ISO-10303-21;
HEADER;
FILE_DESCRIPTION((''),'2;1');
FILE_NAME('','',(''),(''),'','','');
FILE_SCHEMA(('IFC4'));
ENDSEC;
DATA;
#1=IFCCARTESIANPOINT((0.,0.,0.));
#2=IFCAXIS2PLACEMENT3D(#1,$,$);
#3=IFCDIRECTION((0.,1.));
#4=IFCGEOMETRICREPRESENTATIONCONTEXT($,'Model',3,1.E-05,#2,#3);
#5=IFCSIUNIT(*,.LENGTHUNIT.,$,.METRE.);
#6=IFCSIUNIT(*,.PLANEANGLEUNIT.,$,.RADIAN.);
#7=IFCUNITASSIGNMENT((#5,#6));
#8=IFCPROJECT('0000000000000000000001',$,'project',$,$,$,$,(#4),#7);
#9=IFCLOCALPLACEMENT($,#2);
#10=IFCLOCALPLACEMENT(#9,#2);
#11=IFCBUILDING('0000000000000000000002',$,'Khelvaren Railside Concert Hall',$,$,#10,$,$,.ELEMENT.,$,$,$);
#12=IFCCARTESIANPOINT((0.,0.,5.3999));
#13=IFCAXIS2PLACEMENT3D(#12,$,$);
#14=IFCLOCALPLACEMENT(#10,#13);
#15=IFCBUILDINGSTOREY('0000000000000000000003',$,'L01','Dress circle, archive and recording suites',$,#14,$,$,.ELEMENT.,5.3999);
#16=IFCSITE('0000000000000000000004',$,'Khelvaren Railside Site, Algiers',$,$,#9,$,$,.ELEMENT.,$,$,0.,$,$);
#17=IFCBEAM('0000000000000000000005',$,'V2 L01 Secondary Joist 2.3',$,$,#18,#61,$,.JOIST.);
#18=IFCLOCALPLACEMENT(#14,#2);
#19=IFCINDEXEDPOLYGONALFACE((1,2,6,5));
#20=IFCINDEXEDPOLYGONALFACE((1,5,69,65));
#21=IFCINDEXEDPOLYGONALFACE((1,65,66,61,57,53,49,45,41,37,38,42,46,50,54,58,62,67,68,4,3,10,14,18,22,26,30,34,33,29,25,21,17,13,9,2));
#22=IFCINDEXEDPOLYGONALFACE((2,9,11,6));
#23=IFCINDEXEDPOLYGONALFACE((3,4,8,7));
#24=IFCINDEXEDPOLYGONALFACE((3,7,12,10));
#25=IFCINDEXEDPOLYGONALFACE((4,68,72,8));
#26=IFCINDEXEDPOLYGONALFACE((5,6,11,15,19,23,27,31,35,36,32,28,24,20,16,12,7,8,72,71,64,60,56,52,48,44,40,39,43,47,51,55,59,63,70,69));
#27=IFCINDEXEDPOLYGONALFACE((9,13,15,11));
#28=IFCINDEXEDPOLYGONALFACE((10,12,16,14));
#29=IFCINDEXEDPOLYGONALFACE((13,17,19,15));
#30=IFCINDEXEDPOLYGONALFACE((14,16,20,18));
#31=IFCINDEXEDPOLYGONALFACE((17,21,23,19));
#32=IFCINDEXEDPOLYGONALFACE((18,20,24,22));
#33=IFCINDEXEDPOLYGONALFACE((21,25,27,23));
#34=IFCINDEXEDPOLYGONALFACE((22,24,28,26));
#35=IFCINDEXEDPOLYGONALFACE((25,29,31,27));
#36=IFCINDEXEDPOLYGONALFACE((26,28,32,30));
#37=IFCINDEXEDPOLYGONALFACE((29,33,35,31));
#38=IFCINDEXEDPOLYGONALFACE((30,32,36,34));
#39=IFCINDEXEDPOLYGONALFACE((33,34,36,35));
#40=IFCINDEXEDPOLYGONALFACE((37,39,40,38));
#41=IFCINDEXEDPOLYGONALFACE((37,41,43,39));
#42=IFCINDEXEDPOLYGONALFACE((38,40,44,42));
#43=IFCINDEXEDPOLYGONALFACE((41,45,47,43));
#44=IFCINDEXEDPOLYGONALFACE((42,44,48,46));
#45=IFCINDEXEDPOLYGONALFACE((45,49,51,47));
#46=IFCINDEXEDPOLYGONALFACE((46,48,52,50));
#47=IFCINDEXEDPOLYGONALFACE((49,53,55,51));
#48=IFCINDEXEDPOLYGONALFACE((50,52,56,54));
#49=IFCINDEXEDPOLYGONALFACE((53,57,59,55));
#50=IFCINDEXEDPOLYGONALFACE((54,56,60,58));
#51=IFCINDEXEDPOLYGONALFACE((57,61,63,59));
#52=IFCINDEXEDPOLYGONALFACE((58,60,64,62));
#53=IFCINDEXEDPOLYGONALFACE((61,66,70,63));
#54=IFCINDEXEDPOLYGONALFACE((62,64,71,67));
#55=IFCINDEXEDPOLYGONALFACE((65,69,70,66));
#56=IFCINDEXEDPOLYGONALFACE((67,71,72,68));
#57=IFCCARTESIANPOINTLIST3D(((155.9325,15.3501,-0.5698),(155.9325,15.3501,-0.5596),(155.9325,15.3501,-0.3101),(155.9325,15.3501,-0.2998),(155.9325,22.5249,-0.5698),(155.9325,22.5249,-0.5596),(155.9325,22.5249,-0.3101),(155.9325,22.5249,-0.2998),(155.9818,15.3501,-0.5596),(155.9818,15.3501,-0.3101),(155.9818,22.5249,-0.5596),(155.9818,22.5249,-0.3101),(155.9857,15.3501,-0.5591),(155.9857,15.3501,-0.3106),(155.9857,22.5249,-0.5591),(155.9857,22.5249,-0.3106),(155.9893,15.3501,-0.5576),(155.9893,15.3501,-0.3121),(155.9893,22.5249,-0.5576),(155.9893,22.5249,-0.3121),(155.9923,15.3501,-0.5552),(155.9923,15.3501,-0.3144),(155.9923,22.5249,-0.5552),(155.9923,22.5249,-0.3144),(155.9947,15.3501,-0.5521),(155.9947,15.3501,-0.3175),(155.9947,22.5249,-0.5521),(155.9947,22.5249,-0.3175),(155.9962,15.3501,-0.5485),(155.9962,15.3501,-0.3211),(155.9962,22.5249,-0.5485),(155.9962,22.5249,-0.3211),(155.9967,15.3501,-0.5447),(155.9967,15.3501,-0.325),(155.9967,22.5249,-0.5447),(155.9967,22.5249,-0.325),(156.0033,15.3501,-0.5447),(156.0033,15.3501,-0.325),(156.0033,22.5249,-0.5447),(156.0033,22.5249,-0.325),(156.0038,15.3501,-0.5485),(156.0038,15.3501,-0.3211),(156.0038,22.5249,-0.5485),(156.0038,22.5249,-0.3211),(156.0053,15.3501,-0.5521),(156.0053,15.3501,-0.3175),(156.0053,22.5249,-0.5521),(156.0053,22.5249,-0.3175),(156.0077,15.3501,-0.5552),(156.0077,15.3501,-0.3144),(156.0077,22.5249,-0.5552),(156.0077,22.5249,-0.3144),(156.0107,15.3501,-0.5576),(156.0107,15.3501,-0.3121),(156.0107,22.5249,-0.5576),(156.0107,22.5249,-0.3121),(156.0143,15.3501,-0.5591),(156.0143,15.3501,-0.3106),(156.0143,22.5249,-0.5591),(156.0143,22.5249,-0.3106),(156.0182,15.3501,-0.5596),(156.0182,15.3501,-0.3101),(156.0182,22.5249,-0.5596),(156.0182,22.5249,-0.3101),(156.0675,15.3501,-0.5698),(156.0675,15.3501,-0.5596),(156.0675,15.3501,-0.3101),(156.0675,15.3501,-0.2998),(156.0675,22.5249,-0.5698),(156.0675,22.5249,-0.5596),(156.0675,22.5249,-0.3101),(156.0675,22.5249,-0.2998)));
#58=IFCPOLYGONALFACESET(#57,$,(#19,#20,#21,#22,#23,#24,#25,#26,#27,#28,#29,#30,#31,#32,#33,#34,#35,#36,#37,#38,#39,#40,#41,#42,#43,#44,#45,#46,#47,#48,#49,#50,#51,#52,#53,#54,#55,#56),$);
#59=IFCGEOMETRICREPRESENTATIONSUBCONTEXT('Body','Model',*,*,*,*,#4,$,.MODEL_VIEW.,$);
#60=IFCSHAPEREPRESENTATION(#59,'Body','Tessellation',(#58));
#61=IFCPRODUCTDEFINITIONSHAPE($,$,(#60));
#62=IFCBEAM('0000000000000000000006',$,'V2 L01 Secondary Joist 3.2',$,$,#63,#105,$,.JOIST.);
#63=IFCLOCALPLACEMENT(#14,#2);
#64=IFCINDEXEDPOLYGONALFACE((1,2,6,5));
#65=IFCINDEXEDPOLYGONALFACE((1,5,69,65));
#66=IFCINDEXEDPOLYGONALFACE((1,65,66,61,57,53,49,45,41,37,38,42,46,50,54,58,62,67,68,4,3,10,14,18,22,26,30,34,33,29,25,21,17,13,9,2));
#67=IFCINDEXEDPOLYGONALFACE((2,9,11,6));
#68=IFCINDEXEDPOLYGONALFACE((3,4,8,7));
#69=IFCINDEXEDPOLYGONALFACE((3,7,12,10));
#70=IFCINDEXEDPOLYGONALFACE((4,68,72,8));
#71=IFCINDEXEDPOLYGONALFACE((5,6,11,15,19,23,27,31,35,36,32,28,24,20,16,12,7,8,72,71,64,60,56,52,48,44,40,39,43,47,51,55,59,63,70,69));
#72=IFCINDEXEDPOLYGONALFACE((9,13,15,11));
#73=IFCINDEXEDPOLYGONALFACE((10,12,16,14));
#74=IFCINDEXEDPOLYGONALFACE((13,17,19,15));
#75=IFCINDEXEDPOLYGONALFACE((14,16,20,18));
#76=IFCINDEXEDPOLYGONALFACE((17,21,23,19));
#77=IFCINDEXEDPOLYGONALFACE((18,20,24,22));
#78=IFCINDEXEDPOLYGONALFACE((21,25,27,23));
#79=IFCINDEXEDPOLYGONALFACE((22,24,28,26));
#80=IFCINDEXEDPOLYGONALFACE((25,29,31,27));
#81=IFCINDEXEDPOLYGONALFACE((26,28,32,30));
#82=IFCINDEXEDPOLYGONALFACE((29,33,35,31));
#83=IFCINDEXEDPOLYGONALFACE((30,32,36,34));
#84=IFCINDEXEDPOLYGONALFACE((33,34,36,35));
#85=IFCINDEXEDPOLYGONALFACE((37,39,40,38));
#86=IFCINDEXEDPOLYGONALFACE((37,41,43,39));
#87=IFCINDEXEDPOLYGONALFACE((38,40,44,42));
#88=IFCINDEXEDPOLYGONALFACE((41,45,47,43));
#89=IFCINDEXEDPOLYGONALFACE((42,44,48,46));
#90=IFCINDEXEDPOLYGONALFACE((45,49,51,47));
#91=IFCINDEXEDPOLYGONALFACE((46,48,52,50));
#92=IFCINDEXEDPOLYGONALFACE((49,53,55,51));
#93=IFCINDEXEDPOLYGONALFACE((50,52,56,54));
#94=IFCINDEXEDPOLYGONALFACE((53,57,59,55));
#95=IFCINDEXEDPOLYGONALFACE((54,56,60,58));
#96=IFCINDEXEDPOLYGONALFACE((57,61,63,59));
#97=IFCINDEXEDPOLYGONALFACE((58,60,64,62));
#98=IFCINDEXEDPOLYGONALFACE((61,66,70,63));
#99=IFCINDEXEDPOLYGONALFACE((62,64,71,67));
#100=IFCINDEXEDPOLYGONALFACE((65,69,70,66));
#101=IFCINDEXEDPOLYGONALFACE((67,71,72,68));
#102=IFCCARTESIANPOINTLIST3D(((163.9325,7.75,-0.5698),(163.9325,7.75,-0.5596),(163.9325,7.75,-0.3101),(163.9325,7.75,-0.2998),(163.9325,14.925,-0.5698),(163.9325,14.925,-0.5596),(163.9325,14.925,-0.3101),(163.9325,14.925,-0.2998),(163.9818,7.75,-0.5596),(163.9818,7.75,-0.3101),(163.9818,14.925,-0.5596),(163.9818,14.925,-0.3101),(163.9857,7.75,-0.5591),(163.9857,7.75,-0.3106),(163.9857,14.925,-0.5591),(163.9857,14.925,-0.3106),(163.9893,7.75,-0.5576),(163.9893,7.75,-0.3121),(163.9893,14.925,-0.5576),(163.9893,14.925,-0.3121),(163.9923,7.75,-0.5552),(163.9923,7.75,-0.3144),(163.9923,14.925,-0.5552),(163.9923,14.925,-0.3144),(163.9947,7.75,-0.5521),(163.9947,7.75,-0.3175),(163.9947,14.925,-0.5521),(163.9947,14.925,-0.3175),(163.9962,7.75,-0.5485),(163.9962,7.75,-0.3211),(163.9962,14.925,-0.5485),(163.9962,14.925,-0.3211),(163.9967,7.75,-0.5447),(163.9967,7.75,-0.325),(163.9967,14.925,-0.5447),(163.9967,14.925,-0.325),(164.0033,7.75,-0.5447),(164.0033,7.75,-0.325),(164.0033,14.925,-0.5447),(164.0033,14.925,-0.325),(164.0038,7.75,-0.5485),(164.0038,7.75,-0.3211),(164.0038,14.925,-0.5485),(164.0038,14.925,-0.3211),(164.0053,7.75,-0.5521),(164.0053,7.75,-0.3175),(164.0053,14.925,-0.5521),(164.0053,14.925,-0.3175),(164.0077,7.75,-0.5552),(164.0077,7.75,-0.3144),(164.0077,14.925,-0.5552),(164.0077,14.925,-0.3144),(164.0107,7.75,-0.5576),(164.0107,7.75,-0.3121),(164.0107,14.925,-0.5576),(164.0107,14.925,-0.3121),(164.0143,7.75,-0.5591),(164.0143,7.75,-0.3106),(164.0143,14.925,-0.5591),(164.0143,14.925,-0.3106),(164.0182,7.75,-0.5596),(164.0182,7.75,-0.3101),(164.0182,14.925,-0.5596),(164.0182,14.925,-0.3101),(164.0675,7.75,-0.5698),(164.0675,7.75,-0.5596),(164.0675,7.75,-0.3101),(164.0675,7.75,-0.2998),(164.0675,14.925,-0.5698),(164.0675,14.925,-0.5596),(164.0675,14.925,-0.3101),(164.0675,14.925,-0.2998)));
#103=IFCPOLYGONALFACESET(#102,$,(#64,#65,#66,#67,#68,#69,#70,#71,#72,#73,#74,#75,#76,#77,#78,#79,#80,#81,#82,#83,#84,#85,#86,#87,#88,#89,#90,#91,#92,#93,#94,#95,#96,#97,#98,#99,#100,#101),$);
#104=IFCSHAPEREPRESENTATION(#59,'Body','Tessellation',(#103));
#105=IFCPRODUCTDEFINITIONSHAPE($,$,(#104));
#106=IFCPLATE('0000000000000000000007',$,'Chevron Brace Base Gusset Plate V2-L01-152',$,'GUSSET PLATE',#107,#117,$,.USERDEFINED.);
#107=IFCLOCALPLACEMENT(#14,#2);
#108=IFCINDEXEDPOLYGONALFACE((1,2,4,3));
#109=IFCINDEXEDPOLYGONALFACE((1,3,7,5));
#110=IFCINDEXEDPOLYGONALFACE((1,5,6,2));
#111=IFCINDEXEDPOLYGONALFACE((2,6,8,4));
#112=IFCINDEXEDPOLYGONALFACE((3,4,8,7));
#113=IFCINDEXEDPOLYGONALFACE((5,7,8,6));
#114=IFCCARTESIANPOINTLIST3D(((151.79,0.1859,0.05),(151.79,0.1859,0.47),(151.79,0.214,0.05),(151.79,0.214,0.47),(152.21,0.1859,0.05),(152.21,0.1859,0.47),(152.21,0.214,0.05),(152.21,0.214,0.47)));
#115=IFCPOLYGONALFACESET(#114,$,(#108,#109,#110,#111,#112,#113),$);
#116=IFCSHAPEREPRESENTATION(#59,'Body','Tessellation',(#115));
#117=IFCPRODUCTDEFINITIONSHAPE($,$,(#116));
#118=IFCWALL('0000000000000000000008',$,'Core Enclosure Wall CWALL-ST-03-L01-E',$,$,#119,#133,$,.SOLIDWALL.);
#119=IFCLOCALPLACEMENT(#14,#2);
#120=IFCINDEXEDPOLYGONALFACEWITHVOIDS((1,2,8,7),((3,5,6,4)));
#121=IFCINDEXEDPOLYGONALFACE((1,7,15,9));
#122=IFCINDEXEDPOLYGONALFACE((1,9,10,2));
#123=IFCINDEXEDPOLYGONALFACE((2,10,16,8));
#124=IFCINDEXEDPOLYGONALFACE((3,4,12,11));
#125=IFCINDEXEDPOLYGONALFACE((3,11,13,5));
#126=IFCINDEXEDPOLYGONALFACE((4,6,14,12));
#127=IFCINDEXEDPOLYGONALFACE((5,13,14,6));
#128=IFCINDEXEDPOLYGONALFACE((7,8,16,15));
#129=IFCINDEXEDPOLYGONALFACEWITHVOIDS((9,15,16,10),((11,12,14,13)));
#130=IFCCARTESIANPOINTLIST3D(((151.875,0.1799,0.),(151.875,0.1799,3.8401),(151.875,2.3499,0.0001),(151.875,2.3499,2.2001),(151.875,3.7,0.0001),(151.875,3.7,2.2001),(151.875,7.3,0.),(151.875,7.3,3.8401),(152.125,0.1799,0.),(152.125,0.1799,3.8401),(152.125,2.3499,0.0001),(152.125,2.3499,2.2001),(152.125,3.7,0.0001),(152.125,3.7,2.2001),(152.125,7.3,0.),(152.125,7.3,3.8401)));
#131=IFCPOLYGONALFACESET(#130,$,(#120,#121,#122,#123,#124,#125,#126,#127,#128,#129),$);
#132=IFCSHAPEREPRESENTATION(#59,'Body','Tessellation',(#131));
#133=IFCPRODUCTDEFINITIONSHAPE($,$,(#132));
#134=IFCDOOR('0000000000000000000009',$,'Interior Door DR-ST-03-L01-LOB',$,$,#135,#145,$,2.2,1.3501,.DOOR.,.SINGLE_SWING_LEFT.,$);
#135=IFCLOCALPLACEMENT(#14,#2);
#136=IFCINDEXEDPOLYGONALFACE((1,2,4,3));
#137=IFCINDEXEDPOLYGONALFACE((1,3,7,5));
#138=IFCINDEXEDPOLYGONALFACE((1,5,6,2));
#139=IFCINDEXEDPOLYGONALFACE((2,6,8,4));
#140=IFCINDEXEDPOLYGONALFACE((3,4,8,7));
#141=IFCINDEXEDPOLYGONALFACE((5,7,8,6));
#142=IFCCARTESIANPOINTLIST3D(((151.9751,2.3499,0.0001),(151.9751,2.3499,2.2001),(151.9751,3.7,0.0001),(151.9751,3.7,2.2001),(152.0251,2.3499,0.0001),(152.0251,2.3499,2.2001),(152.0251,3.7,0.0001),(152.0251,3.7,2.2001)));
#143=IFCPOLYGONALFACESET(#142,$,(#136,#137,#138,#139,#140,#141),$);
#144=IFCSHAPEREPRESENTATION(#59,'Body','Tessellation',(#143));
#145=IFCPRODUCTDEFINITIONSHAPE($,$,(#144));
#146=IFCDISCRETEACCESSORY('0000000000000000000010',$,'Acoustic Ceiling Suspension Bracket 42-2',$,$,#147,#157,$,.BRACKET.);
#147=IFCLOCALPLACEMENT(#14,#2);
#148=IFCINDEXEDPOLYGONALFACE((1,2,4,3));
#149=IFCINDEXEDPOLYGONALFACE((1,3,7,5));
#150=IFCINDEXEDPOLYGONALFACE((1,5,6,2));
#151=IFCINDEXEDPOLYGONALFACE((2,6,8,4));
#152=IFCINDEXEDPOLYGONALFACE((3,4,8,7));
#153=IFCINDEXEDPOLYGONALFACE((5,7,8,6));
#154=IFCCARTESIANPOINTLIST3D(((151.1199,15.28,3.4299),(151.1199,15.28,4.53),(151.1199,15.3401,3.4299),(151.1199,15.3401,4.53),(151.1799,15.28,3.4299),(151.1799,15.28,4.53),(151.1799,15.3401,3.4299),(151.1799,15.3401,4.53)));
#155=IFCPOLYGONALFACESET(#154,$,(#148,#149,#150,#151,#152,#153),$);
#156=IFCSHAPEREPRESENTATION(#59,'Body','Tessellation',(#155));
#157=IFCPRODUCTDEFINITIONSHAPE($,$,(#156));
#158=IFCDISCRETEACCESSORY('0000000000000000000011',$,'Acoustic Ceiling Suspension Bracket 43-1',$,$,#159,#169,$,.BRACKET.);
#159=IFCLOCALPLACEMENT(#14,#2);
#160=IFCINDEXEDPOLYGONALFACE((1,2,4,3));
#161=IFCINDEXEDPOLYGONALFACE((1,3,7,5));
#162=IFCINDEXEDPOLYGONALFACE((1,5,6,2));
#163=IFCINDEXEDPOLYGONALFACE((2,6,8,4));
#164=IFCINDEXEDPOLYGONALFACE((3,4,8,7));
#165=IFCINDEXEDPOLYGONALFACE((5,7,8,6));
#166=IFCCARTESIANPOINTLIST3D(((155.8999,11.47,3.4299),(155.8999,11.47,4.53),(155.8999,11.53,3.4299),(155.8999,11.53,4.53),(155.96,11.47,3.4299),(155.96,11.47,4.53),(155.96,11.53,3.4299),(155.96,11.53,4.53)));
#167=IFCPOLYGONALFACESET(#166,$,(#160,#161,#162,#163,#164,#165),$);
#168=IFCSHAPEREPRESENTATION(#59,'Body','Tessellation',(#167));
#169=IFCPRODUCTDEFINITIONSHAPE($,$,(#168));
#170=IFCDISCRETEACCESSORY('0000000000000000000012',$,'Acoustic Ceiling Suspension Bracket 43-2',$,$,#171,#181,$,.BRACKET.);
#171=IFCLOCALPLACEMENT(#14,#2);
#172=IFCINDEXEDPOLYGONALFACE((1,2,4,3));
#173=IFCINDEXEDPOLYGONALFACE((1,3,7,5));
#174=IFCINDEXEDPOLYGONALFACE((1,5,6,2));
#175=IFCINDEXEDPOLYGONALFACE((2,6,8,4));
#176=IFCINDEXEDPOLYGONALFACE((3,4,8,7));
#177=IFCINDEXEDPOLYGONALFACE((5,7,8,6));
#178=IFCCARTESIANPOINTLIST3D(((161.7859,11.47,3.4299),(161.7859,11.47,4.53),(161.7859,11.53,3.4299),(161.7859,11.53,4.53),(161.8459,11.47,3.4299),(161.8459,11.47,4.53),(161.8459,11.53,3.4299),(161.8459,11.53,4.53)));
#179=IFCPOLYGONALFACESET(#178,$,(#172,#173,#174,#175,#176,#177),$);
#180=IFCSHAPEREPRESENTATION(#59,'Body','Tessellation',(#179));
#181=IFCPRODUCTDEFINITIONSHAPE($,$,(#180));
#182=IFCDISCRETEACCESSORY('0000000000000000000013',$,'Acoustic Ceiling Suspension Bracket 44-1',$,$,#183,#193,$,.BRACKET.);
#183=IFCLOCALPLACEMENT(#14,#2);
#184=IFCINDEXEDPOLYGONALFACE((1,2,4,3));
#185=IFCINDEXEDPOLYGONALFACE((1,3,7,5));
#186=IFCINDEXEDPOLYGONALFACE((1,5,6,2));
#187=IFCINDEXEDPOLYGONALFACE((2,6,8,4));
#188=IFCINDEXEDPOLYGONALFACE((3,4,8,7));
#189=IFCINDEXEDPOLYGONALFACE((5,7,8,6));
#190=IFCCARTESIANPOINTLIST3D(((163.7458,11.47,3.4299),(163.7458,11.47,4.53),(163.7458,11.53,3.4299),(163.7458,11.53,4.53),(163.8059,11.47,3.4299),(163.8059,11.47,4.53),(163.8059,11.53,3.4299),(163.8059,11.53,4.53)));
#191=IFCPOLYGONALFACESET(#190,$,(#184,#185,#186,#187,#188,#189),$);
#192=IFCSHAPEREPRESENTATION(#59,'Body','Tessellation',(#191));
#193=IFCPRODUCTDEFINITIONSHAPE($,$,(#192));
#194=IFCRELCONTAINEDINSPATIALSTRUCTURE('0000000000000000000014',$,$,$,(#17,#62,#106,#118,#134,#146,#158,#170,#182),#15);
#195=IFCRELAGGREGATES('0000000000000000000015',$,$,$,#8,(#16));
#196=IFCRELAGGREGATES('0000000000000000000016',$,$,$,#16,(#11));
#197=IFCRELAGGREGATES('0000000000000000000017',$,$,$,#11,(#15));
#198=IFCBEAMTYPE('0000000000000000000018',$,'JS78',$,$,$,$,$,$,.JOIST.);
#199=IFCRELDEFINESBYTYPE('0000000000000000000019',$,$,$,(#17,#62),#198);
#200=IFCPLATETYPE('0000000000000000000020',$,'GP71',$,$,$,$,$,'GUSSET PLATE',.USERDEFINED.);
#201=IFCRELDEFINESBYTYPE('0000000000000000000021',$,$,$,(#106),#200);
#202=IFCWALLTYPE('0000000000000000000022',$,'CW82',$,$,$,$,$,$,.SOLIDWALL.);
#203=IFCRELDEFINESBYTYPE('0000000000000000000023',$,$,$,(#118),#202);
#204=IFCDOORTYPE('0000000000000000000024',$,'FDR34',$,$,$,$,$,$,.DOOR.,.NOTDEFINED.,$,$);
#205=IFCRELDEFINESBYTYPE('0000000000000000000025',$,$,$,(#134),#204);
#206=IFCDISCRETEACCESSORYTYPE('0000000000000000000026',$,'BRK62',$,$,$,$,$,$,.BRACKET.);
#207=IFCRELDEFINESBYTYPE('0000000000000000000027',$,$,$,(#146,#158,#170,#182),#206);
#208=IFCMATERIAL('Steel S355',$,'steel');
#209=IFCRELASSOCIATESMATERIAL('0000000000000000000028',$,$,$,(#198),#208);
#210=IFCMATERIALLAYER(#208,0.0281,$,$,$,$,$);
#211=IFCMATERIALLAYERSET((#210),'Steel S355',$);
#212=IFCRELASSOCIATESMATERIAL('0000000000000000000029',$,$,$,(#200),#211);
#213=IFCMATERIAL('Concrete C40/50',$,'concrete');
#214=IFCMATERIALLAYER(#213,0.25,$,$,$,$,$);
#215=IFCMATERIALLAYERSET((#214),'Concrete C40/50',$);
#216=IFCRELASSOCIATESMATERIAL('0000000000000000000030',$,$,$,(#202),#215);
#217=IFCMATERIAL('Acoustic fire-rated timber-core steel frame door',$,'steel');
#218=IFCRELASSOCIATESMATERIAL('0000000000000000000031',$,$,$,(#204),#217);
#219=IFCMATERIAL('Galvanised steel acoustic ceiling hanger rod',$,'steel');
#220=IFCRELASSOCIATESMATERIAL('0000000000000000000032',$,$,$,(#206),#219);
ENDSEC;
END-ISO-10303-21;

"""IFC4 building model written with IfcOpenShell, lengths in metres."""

from ifc_helpers import new_model, si_unit, direction, frame, frame_2d, origin, origin_2d, place, context, subcontext, project, spatial, rectangle, i_section, extrude, material, layer, layer_set, material_profile, profile_set, type_object, element, fill, save


model = new_model("IFC4")

# Units and contexts
model_context = context("Model", 3, precision=1e-05, world=origin(), true_north=direction((0.0, 1.0)))
body_context = subcontext(model_context, "Body", "Model", "MODEL_VIEW")
ifc_project = project(units=[si_unit("LENGTHUNIT", "METRE"), si_unit("PLANEANGLEUNIT", "RADIAN")], contexts=[model_context])

# Site, building, storey
site_placement = place(None, origin())
site = spatial("IfcSite", under=ifc_project, at=site_placement, Name="Khelvaren Railside Site, Algiers", CompositionType="ELEMENT", RefElevation=0.0)
building_placement = place(site_placement, origin())
building = spatial("IfcBuilding", under=site, at=building_placement, Name="Khelvaren Railside Concert Hall", CompositionType="ELEMENT")
storey_placement = place(building_placement, frame((0.0, 0.0, 5.3999)))
storey = spatial("IfcBuildingStorey", under=building, at=storey_placement, Name="L01", Description="Dress circle, archive and recording suites", CompositionType="ELEMENT", Elevation=5.3999)

# Beams
ifc_material_1 = material(Name="Steel S355", Category="steel")
ifc_material_2 = material(Name="Concrete C40/50", Category="concrete")
ifc_material_profile_1 = material_profile(ifc_material_1, i_section(OverallWidth=0.135, OverallDepth=0.27, WebThickness=0.0066, FlangeThickness=0.0103, FilletRadius=0.0149, at=origin_2d()), Name="IPE 270")
ifc_profile_set_1 = profile_set([ifc_material_profile_1], Name="Steel S355")
beam_type_1 = type_object("IfcBeamType", Name="JS78", PredefinedType="JOIST", material=ifc_profile_set_1)
beam_1_placement = place(storey_placement, frame((156.0, 15.3501, -0.4348), z_axis=(0.0, 1.0, 0.0), x_axis=(-1.0, 0.0, 0.0)))
element("IfcBeam", 1, at=beam_1_placement, inside=storey, type_object=beam_type_1, Name="V2 L01 Secondary Joist 2.3", PredefinedType="JOIST", context=body_context, shape_type="SweptSolid", body=[
    extrude(i_section(OverallWidth=0.135, OverallDepth=0.27, WebThickness=0.0066, FlangeThickness=0.0103, FilletRadius=0.0149, at=origin_2d()), origin(), (0.0, 0.0, 1.0), 7.1748),
])
beam_2_placement = place(storey_placement, frame((164.0, 7.75, -0.4348), z_axis=(0.0, 1.0, 0.0), x_axis=(-1.0, 0.0, 0.0)))
element("IfcBeam", 2, at=beam_2_placement, inside=storey, type_object=beam_type_1, Name="V2 L01 Secondary Joist 3.2", PredefinedType="JOIST", context=body_context, shape_type="SweptSolid", body=[
    extrude(i_section(OverallWidth=0.135, OverallDepth=0.27, WebThickness=0.0066, FlangeThickness=0.0103, FilletRadius=0.0149, at=origin_2d()), origin(), (0.0, 0.0, 1.0), 7.175),
])

# Plate
ifc_layer_1 = layer(ifc_material_1, 0.0281)
ifc_layer_set_1 = layer_set([ifc_layer_1], Name="Steel S355")
plate_type = type_object("IfcPlateType", Name="GP71", ElementType="GUSSET PLATE", PredefinedType="USERDEFINED", material=ifc_layer_set_1)
plate_placement = place(storey_placement, frame((152.0, 0.2, 0.05), z_axis=(0.0, 0.0, 1.0), x_axis=(1.0, 0.0, 0.0)))
element("IfcPlate", 3, at=plate_placement, inside=storey, type_object=plate_type, Name="Chevron Brace Base Gusset Plate V2-L01-152", ObjectType="GUSSET PLATE", PredefinedType="USERDEFINED", context=body_context, shape_type="SweptSolid", body=[
    extrude(rectangle(XDim=0.4199, YDim=0.0281, at=origin_2d()), origin(), (0.0, 0.0, 1.0), 0.4199),
])

# Wall, opening, door
ifc_layer_2 = layer(ifc_material_2, 0.25)
ifc_layer_set_2 = layer_set([ifc_layer_2], Name="Concrete C40/50")
wall_type = type_object("IfcWallType", Name="CW82", PredefinedType="SOLIDWALL", material=ifc_layer_set_2)
wall_placement = place(storey_placement, frame((152.0, 0.1799, 0.0), z_axis=(0.0, 0.0, 1.0), x_axis=(0.0, 1.0, 0.0)))
wall = element("IfcWall", 4, at=wall_placement, inside=storey, type_object=wall_type, Name="Core Enclosure Wall CWALL-ST-03-L01-E", PredefinedType="SOLIDWALL", context=body_context, shape_type="SweptSolid", body=[
    extrude(rectangle(XDim=7.1201, YDim=0.25, at=frame_2d((3.5601, 0.0))), origin(), (0.0, 0.0, 1.0), 3.8401),
])
opening_placement = place(wall_placement, frame((2.1699, 0.0, 0.0)))
opening = element("IfcOpeningElement", 5, at=opening_placement, cuts=wall, PredefinedType="OPENING", context=body_context, shape_type="SweptSolid", body=[
    extrude(rectangle(XDim=1.3501, YDim=2.2, at=frame_2d((0.675, 1.1001))), frame((0.0, 0.135, 0.0), z_axis=(0.0, -1.0, 0.0), x_axis=(1.0, 0.0, 0.0)), (0.0, 0.0, 1.0), 0.27),
])
ifc_material_3 = material(Name="Acoustic fire-rated timber-core steel frame door", Category="steel")
door_type = type_object("IfcDoorType", Name="FDR34", OperationType="NOTDEFINED", PredefinedType="DOOR", material=ifc_material_3)
door_placement = place(opening_placement, origin())
door = element("IfcDoor", 6, at=door_placement, inside=storey, type_object=door_type, Name="Interior Door DR-ST-03-L01-LOB", OperationType="SINGLE_SWING_LEFT", OverallHeight=2.2, OverallWidth=1.3501, PredefinedType="DOOR", context=body_context, shape_type="SweptSolid", body=[
    extrude(rectangle(XDim=1.3501, YDim=2.2, at=frame_2d((0.675, 1.1001))), frame((0.0, 0.0249, 0.0), z_axis=(0.0, -1.0, 0.0), x_axis=(1.0, 0.0, 0.0)), (0.0, 0.0, 1.0), 0.05),
])
fill(opening, door)

# Discrete accessories
ifc_material_4 = material(Name="Galvanised steel acoustic ceiling hanger rod", Category="steel")
discrete_accessory_type = type_object("IfcDiscreteAccessoryType", Name="BRK62", PredefinedType="BRACKET", material=ifc_material_4)
for number, where, z_axis, x_axis, name in (
    (7, (151.1499, 15.3101, 3.4299), (0.0, 0.0, 1.0), (1.0, 0.0, 0.0), "Acoustic Ceiling Suspension Bracket 42-2"),
    (8, (155.9299, 11.5, 3.4299), (0.0, 0.0, 1.0), (1.0, 0.0, 0.0), "Acoustic Ceiling Suspension Bracket 43-1"),
    (9, (161.8159, 11.5, 3.4299), (0.0, 0.0, 1.0), (1.0, 0.0, 0.0), "Acoustic Ceiling Suspension Bracket 43-2"),
    (10, (163.7759, 11.5, 3.4299), (0.0, 0.0, 1.0), (1.0, 0.0, 0.0), "Acoustic Ceiling Suspension Bracket 44-1"),
):
    element("IfcDiscreteAccessory", number, at=place(storey_placement, frame(where, z_axis=z_axis, x_axis=x_axis)), inside=storey, type_object=discrete_accessory_type, Name=name, PredefinedType="BRACKET", context=body_context, shape_type="SweptSolid", body=[
        extrude(rectangle(XDim=0.0601, YDim=0.0601, at=origin_2d()), origin(), (0.0, 0.0, 1.0), 1.1001),
    ])

save(model, "model.ifc")
